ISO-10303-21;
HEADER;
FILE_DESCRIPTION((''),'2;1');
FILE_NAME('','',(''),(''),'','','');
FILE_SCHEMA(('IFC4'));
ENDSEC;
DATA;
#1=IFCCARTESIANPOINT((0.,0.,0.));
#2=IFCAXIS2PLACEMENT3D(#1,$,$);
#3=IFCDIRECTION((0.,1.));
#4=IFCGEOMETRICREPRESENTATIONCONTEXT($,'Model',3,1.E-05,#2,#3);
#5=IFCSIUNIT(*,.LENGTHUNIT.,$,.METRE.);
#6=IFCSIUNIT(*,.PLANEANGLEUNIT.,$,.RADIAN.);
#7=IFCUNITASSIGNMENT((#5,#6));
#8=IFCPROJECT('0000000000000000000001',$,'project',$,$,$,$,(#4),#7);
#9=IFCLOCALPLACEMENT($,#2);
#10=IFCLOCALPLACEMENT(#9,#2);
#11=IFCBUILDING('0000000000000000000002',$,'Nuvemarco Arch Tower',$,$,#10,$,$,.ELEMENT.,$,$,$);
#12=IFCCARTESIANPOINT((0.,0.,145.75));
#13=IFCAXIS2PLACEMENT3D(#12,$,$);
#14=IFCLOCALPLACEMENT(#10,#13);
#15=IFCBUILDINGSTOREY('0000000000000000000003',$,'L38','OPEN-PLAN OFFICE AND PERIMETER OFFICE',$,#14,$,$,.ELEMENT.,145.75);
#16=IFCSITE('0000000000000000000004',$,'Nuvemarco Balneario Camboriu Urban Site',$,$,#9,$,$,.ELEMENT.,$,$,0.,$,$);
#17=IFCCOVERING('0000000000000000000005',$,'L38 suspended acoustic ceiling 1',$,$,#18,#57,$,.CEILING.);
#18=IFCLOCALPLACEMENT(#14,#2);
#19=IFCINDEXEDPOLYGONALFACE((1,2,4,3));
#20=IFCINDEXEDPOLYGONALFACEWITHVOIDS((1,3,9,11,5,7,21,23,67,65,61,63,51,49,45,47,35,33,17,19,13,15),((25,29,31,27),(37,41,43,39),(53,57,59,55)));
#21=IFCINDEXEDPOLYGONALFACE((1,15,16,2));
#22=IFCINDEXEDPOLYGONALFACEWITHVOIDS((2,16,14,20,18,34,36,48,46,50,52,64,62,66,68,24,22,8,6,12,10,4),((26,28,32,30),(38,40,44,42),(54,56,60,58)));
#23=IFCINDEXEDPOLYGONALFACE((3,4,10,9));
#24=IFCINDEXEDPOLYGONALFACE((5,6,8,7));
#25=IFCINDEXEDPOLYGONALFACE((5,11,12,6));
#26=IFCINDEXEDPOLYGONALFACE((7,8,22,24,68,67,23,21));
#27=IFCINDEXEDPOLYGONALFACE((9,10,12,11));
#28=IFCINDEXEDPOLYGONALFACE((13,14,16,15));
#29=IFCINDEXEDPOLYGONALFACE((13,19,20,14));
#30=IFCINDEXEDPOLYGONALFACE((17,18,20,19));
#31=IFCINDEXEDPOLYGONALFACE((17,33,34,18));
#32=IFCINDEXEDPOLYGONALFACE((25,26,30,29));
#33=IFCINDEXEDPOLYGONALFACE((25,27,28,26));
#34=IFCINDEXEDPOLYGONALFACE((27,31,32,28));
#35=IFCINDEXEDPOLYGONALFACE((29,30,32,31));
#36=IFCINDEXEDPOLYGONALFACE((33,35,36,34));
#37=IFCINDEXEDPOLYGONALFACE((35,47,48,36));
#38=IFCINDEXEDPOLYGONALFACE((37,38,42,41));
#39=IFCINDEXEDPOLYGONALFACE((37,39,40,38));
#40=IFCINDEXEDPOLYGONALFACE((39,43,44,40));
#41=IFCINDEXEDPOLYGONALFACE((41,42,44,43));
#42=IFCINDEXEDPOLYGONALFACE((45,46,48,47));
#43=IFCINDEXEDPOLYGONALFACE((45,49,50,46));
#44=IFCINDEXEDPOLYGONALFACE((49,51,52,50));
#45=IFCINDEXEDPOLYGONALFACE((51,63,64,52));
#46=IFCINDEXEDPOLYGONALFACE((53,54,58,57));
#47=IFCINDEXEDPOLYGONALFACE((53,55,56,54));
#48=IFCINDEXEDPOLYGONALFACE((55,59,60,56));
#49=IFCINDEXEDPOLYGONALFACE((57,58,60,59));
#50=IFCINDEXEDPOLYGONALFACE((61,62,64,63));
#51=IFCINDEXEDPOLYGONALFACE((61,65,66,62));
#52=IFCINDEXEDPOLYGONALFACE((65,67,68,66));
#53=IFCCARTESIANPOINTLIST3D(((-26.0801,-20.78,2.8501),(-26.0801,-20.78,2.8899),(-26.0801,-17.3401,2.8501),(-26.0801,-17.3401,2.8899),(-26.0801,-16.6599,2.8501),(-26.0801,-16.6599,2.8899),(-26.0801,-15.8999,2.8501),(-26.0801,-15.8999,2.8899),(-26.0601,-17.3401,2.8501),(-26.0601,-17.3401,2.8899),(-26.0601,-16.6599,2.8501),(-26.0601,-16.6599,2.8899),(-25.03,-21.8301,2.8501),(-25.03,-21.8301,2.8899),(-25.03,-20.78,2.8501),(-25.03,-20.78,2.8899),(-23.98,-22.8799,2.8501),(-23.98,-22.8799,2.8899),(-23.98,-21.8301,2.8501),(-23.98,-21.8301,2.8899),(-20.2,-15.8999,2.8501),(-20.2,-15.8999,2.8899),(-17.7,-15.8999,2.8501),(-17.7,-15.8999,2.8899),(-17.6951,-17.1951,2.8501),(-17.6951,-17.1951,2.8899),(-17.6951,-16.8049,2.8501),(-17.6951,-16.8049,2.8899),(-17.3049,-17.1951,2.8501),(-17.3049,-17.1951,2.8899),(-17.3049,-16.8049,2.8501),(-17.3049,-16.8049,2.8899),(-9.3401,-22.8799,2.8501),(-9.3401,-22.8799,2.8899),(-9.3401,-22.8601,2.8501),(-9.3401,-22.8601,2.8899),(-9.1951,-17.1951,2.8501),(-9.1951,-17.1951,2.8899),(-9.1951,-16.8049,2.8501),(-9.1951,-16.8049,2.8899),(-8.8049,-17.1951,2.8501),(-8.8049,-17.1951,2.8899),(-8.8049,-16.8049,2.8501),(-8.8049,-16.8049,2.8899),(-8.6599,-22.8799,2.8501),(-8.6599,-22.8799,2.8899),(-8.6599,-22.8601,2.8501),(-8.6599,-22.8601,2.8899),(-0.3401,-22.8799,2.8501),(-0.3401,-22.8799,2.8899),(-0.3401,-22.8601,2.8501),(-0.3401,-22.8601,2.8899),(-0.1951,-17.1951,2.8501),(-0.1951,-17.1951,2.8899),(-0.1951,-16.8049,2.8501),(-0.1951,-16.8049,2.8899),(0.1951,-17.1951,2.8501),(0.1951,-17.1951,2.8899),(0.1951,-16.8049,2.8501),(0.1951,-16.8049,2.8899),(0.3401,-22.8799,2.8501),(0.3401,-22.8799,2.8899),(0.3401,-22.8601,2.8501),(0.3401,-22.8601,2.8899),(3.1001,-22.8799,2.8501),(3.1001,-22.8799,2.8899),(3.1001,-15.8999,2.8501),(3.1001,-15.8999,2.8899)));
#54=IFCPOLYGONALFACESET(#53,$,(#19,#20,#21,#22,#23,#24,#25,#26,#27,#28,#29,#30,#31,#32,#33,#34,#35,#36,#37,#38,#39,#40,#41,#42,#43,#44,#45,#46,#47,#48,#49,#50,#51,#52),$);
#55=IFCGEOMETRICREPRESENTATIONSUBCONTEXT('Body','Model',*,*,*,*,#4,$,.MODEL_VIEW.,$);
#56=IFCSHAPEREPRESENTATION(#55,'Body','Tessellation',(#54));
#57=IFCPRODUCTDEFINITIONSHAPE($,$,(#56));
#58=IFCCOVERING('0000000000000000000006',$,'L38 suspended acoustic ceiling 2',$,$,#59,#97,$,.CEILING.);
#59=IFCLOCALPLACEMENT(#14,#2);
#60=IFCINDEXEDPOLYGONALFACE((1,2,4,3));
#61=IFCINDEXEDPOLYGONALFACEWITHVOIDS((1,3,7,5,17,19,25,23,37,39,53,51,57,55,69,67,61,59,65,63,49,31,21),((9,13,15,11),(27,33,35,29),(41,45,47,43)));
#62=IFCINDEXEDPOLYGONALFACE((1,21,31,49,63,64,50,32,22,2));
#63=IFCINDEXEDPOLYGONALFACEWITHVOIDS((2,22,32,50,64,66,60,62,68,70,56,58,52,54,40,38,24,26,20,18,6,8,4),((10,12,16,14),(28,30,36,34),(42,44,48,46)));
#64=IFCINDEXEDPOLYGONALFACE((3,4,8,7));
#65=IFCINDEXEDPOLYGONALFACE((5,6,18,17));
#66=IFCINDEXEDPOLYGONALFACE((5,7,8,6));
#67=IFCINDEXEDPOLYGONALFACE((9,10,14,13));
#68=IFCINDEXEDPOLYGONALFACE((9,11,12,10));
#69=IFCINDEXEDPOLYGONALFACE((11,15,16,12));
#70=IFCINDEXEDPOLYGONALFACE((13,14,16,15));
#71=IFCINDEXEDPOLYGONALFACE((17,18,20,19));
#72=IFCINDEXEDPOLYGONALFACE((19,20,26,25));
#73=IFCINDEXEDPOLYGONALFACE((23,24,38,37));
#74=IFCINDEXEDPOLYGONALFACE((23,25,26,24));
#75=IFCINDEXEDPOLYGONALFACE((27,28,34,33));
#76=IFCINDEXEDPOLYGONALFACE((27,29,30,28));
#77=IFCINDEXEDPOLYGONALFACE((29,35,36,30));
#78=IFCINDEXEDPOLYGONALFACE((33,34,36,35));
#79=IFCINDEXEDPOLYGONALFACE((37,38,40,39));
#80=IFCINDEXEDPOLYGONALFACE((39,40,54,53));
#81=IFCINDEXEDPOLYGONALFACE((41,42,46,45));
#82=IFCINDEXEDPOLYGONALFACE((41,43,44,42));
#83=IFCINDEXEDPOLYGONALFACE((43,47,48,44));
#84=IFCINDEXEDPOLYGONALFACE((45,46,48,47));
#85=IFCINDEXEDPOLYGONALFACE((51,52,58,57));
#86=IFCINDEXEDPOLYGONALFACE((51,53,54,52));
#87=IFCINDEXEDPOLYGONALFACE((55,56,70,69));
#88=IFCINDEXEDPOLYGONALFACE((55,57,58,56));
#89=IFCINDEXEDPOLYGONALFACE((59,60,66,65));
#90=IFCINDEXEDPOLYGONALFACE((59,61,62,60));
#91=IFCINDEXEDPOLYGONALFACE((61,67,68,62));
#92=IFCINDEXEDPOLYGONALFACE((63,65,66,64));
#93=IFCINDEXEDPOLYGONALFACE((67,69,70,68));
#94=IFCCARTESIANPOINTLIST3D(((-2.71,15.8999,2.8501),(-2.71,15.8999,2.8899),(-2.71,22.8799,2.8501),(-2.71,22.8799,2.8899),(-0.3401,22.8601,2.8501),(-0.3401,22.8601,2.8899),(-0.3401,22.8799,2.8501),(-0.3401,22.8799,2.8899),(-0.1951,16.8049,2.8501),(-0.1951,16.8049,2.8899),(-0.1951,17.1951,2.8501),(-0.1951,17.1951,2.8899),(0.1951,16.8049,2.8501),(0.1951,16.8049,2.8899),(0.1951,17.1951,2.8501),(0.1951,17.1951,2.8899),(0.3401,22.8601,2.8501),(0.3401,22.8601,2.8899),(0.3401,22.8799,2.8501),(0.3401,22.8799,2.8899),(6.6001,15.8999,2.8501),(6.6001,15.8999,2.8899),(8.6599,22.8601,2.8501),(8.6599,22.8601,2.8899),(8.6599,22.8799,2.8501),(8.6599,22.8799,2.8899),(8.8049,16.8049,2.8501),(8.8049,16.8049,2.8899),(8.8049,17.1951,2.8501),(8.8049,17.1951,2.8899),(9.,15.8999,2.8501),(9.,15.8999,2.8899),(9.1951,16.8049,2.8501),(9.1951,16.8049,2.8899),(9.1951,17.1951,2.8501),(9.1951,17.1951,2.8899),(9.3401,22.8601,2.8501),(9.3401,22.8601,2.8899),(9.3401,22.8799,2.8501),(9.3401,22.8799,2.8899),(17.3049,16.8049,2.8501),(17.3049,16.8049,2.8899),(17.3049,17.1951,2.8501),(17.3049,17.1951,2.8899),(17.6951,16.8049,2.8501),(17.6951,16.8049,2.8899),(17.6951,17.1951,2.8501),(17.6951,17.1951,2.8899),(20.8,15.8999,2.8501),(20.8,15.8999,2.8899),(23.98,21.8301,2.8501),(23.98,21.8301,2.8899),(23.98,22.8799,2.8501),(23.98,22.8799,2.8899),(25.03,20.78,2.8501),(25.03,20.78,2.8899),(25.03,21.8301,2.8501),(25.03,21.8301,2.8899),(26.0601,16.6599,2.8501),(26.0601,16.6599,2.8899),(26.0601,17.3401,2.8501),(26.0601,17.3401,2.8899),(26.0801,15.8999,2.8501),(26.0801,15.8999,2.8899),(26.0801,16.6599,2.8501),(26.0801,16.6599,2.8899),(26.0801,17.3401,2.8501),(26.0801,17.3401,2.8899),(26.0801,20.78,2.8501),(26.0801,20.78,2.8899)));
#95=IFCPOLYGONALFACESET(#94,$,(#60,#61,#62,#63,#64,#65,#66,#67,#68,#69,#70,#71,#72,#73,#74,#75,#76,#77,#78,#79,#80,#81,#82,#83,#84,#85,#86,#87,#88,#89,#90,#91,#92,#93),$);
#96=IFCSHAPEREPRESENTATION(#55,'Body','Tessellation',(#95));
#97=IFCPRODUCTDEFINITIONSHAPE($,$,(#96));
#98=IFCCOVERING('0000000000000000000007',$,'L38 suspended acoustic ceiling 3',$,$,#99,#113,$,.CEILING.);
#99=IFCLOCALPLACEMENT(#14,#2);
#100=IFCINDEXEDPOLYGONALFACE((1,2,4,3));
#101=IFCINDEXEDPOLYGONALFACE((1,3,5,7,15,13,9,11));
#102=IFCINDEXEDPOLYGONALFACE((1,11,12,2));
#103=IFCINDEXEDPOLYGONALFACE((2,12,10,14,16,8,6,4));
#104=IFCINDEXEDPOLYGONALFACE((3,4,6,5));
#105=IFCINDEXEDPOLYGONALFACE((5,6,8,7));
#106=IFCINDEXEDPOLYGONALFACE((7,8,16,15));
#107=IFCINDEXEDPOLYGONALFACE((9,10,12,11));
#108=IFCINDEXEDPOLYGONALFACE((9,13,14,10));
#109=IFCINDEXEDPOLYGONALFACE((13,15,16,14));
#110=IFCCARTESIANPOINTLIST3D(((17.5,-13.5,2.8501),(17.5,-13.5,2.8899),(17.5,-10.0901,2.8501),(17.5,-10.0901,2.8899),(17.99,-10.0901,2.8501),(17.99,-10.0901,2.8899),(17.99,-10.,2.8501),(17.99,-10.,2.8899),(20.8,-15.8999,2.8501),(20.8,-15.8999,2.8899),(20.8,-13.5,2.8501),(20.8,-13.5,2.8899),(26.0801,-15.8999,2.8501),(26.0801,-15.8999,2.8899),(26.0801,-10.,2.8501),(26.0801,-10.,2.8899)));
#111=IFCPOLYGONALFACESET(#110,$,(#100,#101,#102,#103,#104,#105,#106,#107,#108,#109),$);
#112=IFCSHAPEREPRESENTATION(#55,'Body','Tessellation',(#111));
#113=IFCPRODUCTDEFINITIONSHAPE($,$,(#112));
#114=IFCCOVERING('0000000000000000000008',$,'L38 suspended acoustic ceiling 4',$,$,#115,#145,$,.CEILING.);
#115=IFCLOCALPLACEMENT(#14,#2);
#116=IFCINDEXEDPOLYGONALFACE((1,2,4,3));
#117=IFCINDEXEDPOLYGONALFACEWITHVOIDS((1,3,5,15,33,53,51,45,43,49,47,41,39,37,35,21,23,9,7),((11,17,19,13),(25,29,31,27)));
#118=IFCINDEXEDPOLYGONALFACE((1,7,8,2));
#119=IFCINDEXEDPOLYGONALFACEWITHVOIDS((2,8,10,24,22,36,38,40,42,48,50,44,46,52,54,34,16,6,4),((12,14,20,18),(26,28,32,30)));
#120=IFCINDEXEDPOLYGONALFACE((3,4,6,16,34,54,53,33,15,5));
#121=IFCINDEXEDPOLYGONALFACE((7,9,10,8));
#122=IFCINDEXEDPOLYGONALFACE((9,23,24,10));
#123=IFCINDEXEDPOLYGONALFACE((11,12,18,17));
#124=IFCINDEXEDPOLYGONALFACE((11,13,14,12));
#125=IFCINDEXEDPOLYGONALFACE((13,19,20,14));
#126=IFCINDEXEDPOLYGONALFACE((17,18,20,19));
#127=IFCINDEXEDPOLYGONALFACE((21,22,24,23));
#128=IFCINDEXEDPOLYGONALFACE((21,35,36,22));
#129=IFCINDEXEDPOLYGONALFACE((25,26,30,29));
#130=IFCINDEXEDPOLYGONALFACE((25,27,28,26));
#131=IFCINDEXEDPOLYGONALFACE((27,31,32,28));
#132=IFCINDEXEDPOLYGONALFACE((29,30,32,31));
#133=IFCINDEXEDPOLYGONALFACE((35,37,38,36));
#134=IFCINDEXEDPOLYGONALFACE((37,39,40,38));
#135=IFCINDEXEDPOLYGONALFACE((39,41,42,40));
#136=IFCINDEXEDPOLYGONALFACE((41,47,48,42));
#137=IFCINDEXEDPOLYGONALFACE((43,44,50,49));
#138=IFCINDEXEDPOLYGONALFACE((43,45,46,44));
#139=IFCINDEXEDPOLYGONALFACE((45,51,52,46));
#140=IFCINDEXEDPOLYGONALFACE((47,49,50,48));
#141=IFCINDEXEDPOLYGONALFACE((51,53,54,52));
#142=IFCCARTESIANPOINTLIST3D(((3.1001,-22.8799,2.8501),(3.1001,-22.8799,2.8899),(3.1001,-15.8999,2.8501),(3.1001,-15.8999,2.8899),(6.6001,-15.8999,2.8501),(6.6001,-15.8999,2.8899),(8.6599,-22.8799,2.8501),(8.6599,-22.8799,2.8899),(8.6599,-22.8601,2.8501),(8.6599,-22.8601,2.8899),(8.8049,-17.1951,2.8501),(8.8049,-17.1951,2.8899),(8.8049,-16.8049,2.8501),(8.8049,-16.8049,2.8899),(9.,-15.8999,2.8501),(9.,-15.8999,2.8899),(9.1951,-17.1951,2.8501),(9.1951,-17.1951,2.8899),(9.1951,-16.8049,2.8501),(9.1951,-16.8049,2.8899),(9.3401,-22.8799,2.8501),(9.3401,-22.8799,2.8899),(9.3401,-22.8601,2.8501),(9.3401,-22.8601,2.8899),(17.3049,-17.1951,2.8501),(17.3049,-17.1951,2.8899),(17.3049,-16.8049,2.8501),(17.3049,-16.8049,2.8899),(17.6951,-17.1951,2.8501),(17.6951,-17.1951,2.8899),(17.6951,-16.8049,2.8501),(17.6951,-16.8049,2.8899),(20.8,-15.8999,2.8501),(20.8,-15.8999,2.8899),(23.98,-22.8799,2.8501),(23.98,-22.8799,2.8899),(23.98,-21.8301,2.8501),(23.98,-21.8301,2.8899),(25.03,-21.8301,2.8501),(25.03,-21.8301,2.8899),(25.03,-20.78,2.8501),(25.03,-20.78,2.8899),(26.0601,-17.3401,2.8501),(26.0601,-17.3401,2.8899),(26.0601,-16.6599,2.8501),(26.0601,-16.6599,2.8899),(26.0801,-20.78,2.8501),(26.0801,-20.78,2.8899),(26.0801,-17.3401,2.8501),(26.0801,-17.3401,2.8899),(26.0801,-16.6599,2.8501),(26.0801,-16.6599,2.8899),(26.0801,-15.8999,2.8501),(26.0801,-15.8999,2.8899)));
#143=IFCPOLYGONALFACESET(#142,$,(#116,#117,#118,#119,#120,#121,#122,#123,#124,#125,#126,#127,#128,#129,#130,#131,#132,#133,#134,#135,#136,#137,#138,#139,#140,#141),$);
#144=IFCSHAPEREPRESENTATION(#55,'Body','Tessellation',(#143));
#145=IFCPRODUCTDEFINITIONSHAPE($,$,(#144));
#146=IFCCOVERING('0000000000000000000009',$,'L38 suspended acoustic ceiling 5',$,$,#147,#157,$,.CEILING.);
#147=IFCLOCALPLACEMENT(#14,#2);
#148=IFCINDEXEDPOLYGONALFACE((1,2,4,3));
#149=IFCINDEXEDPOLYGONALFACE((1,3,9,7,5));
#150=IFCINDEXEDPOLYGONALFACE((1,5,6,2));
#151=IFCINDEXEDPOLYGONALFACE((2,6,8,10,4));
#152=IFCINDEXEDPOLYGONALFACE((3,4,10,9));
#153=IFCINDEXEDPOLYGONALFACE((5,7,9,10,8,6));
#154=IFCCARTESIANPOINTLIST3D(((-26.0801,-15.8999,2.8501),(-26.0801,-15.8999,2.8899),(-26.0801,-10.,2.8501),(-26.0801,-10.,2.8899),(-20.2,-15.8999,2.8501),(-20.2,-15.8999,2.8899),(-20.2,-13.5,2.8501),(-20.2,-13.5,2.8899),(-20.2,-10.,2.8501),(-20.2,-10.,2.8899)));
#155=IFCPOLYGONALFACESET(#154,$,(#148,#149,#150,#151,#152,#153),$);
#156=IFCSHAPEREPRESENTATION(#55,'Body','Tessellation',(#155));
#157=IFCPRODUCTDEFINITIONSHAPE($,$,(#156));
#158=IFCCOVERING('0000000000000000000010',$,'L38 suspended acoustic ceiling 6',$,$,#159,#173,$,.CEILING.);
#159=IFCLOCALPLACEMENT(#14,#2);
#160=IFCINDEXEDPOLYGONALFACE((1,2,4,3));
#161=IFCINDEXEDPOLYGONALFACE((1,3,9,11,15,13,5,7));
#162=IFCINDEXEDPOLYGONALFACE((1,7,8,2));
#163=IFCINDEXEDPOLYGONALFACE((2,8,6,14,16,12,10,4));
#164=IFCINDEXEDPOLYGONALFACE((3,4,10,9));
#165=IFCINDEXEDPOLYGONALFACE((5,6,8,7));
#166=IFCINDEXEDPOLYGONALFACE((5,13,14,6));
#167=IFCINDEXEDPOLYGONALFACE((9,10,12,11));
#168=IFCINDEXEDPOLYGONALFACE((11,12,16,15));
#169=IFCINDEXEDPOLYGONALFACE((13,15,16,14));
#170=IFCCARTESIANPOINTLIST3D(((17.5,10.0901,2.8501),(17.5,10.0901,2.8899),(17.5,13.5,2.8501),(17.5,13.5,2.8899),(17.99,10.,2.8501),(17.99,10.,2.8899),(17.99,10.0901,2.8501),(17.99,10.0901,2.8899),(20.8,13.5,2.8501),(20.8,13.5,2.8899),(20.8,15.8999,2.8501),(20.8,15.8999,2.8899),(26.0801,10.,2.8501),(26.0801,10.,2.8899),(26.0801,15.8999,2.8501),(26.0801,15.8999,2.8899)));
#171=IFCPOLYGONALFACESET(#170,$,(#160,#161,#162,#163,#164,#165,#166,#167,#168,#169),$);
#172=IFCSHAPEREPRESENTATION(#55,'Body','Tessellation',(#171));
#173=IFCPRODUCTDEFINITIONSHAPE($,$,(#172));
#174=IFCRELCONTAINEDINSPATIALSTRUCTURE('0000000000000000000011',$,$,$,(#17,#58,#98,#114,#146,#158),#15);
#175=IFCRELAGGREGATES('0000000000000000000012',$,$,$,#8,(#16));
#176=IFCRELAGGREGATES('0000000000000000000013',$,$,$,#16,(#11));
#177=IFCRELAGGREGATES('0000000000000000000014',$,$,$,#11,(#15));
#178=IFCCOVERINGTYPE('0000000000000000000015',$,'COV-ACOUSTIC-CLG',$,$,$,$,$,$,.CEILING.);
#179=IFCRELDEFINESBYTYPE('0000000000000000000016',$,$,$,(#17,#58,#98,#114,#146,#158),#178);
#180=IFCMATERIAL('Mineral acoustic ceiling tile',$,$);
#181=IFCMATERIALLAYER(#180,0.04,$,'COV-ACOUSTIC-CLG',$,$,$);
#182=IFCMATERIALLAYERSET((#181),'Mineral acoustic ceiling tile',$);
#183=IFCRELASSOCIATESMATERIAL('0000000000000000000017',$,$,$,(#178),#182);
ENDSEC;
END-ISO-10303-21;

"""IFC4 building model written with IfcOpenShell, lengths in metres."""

from ifc_helpers import new_model, si_unit, direction, frame, origin, place, context, subcontext, project, spatial, polyline, outline, extrude, material, layer, layer_set, type_object, element, save


model = new_model("IFC4")

# Units and contexts
model_context = context("Model", 3, precision=1e-05, world=origin(), true_north=direction((0.0, 1.0)))
body_context = subcontext(model_context, "Body", "Model", "MODEL_VIEW")
ifc_project = project(units=[si_unit("LENGTHUNIT", "METRE"), si_unit("PLANEANGLEUNIT", "RADIAN")], contexts=[model_context])

# Site, building, storey
site_placement = place(None, origin())
site = spatial("IfcSite", under=ifc_project, at=site_placement, Name="Nuvemarco Balneario Camboriu Urban Site", CompositionType="ELEMENT", RefElevation=0.0)
building_placement = place(site_placement, origin())
building = spatial("IfcBuilding", under=site, at=building_placement, Name="Nuvemarco Arch Tower", CompositionType="ELEMENT")
storey_placement = place(building_placement, frame((0.0, 0.0, 145.75)))
storey = spatial("IfcBuildingStorey", under=building, at=storey_placement, Name="L38", Description="OPEN-PLAN OFFICE AND PERIMETER OFFICE", CompositionType="ELEMENT", Elevation=145.75)

# Coverings
ifc_material_1 = material(Name="Mineral acoustic ceiling tile")
ifc_layer_1 = layer(ifc_material_1, 0.04, Name="COV-ACOUSTIC-CLG")
ifc_layer_set_1 = layer_set([ifc_layer_1], Name="Mineral acoustic ceiling tile")
covering_type = type_object("IfcCoveringType", Name="COV-ACOUSTIC-CLG", PredefinedType="CEILING", material=ifc_layer_set_1)
covering_1_placement = place(storey_placement, frame((0.0, 0.0, 2.8501)))
element("IfcCovering", 1, at=covering_1_placement, inside=storey, type_object=covering_type, Name="L38 suspended acoustic ceiling 1", PredefinedType="CEILING", context=body_context, shape_type="SweptSolid", body=[
    extrude(outline(polyline([(-26.0801, -20.78), (-26.0801, -17.3401), (-26.0601, -17.3401), (-26.0601, -16.6599), (-26.0801, -16.6599), (-26.0801, -15.8999), (-20.2, -15.8999), (-17.7, -15.8999), (3.1001, -15.8999), (3.1001, -22.8799), (0.3401, -22.8799), (0.3401, -22.8601), (-0.3401, -22.8601), (-0.3401, -22.8799), (-8.6599, -22.8799), (-8.6599, -22.8601), (-9.3401, -22.8601), (-9.3401, -22.8799), (-23.98, -22.8799), (-23.98, -21.8301), (-25.03, -21.8301), (-25.03, -20.78), (-26.0801, -20.78)]), holes=[polyline([(-17.3049, -16.8049), (-17.6951, -16.8049), (-17.6951, -17.1951), (-17.3049, -17.1951), (-17.3049, -16.8049)]), polyline([(-8.8049, -17.1951), (-8.8049, -16.8049), (-9.1951, -16.8049), (-9.1951, -17.1951), (-8.8049, -17.1951)]), polyline([(0.1951, -17.1951), (0.1951, -16.8049), (-0.1951, -16.8049), (-0.1951, -17.1951), (0.1951, -17.1951)])]), origin(), (0.0, 0.0, 1.0), 0.0398),
])
covering_2_placement = place(storey_placement, frame((0.0, 0.0, 2.8501)))
element("IfcCovering", 2, at=covering_2_placement, inside=storey, type_object=covering_type, Name="L38 suspended acoustic ceiling 2", PredefinedType="CEILING", context=body_context, shape_type="SweptSolid", body=[
    extrude(outline(polyline([(26.0801, 20.78), (26.0801, 17.3401), (26.0601, 17.3401), (26.0601, 16.6599), (26.0801, 16.6599), (26.0801, 15.8999), (20.8, 15.8999), (9.0, 15.8999), (6.6001, 15.8999), (-2.71, 15.8999), (-2.71, 22.8799), (-0.3401, 22.8799), (-0.3401, 22.8601), (0.3401, 22.8601), (0.3401, 22.8799), (8.6599, 22.8799), (8.6599, 22.8601), (9.3401, 22.8601), (9.3401, 22.8799), (23.98, 22.8799), (23.98, 21.8301), (25.03, 21.8301), (25.03, 20.78), (26.0801, 20.78)]), holes=[polyline([(0.1951, 16.8049), (0.1951, 17.1951), (-0.1951, 17.1951), (-0.1951, 16.8049), (0.1951, 16.8049)]), polyline([(9.1951, 17.1951), (8.8049, 17.1951), (8.8049, 16.8049), (9.1951, 16.8049), (9.1951, 17.1951)]), polyline([(17.6951, 16.8049), (17.6951, 17.1951), (17.3049, 17.1951), (17.3049, 16.8049), (17.6951, 16.8049)])]), origin(), (0.0, 0.0, 1.0), 0.0398),
])
covering_3_placement = place(storey_placement, frame((0.0, 0.0, 2.8501)))
element("IfcCovering", 3, at=covering_3_placement, inside=storey, type_object=covering_type, Name="L38 suspended acoustic ceiling 3", PredefinedType="CEILING", context=body_context, shape_type="SweptSolid", body=[
    extrude(outline(polyline([(17.5, -10.0901), (17.99, -10.0901), (17.99, -10.0), (26.0801, -10.0), (26.0801, -15.8999), (20.8, -15.8999), (20.8, -13.5), (17.5, -13.5), (17.5, -10.0901)])), origin(), (0.0, 0.0, 1.0), 0.0398),
])
covering_4_placement = place(storey_placement, frame((0.0, 0.0, 2.8501)))
element("IfcCovering", 4, at=covering_4_placement, inside=storey, type_object=covering_type, Name="L38 suspended acoustic ceiling 4", PredefinedType="CEILING", context=body_context, shape_type="SweptSolid", body=[
    extrude(outline(polyline([(23.98, -22.8799), (9.3401, -22.8799), (9.3401, -22.8601), (8.6599, -22.8601), (8.6599, -22.8799), (3.1001, -22.8799), (3.1001, -15.8999), (6.6001, -15.8999), (9.0, -15.8999), (20.8, -15.8999), (26.0801, -15.8999), (26.0801, -16.6599), (26.0601, -16.6599), (26.0601, -17.3401), (26.0801, -17.3401), (26.0801, -20.78), (25.03, -20.78), (25.03, -21.8301), (23.98, -21.8301), (23.98, -22.8799)]), holes=[polyline([(9.1951, -17.1951), (9.1951, -16.8049), (8.8049, -16.8049), (8.8049, -17.1951), (9.1951, -17.1951)]), polyline([(17.6951, -17.1951), (17.6951, -16.8049), (17.3049, -16.8049), (17.3049, -17.1951), (17.6951, -17.1951)])]), origin(), (0.0, 0.0, 1.0), 0.0398),
])
covering_5_placement = place(storey_placement, frame((0.0, 0.0, 2.8501)))
element("IfcCovering", 5, at=covering_5_placement, inside=storey, type_object=covering_type, Name="L38 suspended acoustic ceiling 5", PredefinedType="CEILING", context=body_context, shape_type="SweptSolid", body=[
    extrude(outline(polyline([(-20.2, -13.5), (-20.2, -15.8999), (-26.0801, -15.8999), (-26.0801, -10.0), (-20.2, -10.0), (-20.2, -13.5)])), origin(), (0.0, 0.0, 1.0), 0.0398),
])
covering_6_placement = place(storey_placement, frame((0.0, 0.0, 2.8501)))
element("IfcCovering", 6, at=covering_6_placement, inside=storey, type_object=covering_type, Name="L38 suspended acoustic ceiling 6", PredefinedType="CEILING", context=body_context, shape_type="SweptSolid", body=[
    extrude(outline(polyline([(17.99, 10.0901), (17.5, 10.0901), (17.5, 13.5), (20.8, 13.5), (20.8, 15.8999), (26.0801, 15.8999), (26.0801, 10.0), (17.99, 10.0), (17.99, 10.0901)])), origin(), (0.0, 0.0, 1.0), 0.0398),
])

save(model, "model.ifc")
